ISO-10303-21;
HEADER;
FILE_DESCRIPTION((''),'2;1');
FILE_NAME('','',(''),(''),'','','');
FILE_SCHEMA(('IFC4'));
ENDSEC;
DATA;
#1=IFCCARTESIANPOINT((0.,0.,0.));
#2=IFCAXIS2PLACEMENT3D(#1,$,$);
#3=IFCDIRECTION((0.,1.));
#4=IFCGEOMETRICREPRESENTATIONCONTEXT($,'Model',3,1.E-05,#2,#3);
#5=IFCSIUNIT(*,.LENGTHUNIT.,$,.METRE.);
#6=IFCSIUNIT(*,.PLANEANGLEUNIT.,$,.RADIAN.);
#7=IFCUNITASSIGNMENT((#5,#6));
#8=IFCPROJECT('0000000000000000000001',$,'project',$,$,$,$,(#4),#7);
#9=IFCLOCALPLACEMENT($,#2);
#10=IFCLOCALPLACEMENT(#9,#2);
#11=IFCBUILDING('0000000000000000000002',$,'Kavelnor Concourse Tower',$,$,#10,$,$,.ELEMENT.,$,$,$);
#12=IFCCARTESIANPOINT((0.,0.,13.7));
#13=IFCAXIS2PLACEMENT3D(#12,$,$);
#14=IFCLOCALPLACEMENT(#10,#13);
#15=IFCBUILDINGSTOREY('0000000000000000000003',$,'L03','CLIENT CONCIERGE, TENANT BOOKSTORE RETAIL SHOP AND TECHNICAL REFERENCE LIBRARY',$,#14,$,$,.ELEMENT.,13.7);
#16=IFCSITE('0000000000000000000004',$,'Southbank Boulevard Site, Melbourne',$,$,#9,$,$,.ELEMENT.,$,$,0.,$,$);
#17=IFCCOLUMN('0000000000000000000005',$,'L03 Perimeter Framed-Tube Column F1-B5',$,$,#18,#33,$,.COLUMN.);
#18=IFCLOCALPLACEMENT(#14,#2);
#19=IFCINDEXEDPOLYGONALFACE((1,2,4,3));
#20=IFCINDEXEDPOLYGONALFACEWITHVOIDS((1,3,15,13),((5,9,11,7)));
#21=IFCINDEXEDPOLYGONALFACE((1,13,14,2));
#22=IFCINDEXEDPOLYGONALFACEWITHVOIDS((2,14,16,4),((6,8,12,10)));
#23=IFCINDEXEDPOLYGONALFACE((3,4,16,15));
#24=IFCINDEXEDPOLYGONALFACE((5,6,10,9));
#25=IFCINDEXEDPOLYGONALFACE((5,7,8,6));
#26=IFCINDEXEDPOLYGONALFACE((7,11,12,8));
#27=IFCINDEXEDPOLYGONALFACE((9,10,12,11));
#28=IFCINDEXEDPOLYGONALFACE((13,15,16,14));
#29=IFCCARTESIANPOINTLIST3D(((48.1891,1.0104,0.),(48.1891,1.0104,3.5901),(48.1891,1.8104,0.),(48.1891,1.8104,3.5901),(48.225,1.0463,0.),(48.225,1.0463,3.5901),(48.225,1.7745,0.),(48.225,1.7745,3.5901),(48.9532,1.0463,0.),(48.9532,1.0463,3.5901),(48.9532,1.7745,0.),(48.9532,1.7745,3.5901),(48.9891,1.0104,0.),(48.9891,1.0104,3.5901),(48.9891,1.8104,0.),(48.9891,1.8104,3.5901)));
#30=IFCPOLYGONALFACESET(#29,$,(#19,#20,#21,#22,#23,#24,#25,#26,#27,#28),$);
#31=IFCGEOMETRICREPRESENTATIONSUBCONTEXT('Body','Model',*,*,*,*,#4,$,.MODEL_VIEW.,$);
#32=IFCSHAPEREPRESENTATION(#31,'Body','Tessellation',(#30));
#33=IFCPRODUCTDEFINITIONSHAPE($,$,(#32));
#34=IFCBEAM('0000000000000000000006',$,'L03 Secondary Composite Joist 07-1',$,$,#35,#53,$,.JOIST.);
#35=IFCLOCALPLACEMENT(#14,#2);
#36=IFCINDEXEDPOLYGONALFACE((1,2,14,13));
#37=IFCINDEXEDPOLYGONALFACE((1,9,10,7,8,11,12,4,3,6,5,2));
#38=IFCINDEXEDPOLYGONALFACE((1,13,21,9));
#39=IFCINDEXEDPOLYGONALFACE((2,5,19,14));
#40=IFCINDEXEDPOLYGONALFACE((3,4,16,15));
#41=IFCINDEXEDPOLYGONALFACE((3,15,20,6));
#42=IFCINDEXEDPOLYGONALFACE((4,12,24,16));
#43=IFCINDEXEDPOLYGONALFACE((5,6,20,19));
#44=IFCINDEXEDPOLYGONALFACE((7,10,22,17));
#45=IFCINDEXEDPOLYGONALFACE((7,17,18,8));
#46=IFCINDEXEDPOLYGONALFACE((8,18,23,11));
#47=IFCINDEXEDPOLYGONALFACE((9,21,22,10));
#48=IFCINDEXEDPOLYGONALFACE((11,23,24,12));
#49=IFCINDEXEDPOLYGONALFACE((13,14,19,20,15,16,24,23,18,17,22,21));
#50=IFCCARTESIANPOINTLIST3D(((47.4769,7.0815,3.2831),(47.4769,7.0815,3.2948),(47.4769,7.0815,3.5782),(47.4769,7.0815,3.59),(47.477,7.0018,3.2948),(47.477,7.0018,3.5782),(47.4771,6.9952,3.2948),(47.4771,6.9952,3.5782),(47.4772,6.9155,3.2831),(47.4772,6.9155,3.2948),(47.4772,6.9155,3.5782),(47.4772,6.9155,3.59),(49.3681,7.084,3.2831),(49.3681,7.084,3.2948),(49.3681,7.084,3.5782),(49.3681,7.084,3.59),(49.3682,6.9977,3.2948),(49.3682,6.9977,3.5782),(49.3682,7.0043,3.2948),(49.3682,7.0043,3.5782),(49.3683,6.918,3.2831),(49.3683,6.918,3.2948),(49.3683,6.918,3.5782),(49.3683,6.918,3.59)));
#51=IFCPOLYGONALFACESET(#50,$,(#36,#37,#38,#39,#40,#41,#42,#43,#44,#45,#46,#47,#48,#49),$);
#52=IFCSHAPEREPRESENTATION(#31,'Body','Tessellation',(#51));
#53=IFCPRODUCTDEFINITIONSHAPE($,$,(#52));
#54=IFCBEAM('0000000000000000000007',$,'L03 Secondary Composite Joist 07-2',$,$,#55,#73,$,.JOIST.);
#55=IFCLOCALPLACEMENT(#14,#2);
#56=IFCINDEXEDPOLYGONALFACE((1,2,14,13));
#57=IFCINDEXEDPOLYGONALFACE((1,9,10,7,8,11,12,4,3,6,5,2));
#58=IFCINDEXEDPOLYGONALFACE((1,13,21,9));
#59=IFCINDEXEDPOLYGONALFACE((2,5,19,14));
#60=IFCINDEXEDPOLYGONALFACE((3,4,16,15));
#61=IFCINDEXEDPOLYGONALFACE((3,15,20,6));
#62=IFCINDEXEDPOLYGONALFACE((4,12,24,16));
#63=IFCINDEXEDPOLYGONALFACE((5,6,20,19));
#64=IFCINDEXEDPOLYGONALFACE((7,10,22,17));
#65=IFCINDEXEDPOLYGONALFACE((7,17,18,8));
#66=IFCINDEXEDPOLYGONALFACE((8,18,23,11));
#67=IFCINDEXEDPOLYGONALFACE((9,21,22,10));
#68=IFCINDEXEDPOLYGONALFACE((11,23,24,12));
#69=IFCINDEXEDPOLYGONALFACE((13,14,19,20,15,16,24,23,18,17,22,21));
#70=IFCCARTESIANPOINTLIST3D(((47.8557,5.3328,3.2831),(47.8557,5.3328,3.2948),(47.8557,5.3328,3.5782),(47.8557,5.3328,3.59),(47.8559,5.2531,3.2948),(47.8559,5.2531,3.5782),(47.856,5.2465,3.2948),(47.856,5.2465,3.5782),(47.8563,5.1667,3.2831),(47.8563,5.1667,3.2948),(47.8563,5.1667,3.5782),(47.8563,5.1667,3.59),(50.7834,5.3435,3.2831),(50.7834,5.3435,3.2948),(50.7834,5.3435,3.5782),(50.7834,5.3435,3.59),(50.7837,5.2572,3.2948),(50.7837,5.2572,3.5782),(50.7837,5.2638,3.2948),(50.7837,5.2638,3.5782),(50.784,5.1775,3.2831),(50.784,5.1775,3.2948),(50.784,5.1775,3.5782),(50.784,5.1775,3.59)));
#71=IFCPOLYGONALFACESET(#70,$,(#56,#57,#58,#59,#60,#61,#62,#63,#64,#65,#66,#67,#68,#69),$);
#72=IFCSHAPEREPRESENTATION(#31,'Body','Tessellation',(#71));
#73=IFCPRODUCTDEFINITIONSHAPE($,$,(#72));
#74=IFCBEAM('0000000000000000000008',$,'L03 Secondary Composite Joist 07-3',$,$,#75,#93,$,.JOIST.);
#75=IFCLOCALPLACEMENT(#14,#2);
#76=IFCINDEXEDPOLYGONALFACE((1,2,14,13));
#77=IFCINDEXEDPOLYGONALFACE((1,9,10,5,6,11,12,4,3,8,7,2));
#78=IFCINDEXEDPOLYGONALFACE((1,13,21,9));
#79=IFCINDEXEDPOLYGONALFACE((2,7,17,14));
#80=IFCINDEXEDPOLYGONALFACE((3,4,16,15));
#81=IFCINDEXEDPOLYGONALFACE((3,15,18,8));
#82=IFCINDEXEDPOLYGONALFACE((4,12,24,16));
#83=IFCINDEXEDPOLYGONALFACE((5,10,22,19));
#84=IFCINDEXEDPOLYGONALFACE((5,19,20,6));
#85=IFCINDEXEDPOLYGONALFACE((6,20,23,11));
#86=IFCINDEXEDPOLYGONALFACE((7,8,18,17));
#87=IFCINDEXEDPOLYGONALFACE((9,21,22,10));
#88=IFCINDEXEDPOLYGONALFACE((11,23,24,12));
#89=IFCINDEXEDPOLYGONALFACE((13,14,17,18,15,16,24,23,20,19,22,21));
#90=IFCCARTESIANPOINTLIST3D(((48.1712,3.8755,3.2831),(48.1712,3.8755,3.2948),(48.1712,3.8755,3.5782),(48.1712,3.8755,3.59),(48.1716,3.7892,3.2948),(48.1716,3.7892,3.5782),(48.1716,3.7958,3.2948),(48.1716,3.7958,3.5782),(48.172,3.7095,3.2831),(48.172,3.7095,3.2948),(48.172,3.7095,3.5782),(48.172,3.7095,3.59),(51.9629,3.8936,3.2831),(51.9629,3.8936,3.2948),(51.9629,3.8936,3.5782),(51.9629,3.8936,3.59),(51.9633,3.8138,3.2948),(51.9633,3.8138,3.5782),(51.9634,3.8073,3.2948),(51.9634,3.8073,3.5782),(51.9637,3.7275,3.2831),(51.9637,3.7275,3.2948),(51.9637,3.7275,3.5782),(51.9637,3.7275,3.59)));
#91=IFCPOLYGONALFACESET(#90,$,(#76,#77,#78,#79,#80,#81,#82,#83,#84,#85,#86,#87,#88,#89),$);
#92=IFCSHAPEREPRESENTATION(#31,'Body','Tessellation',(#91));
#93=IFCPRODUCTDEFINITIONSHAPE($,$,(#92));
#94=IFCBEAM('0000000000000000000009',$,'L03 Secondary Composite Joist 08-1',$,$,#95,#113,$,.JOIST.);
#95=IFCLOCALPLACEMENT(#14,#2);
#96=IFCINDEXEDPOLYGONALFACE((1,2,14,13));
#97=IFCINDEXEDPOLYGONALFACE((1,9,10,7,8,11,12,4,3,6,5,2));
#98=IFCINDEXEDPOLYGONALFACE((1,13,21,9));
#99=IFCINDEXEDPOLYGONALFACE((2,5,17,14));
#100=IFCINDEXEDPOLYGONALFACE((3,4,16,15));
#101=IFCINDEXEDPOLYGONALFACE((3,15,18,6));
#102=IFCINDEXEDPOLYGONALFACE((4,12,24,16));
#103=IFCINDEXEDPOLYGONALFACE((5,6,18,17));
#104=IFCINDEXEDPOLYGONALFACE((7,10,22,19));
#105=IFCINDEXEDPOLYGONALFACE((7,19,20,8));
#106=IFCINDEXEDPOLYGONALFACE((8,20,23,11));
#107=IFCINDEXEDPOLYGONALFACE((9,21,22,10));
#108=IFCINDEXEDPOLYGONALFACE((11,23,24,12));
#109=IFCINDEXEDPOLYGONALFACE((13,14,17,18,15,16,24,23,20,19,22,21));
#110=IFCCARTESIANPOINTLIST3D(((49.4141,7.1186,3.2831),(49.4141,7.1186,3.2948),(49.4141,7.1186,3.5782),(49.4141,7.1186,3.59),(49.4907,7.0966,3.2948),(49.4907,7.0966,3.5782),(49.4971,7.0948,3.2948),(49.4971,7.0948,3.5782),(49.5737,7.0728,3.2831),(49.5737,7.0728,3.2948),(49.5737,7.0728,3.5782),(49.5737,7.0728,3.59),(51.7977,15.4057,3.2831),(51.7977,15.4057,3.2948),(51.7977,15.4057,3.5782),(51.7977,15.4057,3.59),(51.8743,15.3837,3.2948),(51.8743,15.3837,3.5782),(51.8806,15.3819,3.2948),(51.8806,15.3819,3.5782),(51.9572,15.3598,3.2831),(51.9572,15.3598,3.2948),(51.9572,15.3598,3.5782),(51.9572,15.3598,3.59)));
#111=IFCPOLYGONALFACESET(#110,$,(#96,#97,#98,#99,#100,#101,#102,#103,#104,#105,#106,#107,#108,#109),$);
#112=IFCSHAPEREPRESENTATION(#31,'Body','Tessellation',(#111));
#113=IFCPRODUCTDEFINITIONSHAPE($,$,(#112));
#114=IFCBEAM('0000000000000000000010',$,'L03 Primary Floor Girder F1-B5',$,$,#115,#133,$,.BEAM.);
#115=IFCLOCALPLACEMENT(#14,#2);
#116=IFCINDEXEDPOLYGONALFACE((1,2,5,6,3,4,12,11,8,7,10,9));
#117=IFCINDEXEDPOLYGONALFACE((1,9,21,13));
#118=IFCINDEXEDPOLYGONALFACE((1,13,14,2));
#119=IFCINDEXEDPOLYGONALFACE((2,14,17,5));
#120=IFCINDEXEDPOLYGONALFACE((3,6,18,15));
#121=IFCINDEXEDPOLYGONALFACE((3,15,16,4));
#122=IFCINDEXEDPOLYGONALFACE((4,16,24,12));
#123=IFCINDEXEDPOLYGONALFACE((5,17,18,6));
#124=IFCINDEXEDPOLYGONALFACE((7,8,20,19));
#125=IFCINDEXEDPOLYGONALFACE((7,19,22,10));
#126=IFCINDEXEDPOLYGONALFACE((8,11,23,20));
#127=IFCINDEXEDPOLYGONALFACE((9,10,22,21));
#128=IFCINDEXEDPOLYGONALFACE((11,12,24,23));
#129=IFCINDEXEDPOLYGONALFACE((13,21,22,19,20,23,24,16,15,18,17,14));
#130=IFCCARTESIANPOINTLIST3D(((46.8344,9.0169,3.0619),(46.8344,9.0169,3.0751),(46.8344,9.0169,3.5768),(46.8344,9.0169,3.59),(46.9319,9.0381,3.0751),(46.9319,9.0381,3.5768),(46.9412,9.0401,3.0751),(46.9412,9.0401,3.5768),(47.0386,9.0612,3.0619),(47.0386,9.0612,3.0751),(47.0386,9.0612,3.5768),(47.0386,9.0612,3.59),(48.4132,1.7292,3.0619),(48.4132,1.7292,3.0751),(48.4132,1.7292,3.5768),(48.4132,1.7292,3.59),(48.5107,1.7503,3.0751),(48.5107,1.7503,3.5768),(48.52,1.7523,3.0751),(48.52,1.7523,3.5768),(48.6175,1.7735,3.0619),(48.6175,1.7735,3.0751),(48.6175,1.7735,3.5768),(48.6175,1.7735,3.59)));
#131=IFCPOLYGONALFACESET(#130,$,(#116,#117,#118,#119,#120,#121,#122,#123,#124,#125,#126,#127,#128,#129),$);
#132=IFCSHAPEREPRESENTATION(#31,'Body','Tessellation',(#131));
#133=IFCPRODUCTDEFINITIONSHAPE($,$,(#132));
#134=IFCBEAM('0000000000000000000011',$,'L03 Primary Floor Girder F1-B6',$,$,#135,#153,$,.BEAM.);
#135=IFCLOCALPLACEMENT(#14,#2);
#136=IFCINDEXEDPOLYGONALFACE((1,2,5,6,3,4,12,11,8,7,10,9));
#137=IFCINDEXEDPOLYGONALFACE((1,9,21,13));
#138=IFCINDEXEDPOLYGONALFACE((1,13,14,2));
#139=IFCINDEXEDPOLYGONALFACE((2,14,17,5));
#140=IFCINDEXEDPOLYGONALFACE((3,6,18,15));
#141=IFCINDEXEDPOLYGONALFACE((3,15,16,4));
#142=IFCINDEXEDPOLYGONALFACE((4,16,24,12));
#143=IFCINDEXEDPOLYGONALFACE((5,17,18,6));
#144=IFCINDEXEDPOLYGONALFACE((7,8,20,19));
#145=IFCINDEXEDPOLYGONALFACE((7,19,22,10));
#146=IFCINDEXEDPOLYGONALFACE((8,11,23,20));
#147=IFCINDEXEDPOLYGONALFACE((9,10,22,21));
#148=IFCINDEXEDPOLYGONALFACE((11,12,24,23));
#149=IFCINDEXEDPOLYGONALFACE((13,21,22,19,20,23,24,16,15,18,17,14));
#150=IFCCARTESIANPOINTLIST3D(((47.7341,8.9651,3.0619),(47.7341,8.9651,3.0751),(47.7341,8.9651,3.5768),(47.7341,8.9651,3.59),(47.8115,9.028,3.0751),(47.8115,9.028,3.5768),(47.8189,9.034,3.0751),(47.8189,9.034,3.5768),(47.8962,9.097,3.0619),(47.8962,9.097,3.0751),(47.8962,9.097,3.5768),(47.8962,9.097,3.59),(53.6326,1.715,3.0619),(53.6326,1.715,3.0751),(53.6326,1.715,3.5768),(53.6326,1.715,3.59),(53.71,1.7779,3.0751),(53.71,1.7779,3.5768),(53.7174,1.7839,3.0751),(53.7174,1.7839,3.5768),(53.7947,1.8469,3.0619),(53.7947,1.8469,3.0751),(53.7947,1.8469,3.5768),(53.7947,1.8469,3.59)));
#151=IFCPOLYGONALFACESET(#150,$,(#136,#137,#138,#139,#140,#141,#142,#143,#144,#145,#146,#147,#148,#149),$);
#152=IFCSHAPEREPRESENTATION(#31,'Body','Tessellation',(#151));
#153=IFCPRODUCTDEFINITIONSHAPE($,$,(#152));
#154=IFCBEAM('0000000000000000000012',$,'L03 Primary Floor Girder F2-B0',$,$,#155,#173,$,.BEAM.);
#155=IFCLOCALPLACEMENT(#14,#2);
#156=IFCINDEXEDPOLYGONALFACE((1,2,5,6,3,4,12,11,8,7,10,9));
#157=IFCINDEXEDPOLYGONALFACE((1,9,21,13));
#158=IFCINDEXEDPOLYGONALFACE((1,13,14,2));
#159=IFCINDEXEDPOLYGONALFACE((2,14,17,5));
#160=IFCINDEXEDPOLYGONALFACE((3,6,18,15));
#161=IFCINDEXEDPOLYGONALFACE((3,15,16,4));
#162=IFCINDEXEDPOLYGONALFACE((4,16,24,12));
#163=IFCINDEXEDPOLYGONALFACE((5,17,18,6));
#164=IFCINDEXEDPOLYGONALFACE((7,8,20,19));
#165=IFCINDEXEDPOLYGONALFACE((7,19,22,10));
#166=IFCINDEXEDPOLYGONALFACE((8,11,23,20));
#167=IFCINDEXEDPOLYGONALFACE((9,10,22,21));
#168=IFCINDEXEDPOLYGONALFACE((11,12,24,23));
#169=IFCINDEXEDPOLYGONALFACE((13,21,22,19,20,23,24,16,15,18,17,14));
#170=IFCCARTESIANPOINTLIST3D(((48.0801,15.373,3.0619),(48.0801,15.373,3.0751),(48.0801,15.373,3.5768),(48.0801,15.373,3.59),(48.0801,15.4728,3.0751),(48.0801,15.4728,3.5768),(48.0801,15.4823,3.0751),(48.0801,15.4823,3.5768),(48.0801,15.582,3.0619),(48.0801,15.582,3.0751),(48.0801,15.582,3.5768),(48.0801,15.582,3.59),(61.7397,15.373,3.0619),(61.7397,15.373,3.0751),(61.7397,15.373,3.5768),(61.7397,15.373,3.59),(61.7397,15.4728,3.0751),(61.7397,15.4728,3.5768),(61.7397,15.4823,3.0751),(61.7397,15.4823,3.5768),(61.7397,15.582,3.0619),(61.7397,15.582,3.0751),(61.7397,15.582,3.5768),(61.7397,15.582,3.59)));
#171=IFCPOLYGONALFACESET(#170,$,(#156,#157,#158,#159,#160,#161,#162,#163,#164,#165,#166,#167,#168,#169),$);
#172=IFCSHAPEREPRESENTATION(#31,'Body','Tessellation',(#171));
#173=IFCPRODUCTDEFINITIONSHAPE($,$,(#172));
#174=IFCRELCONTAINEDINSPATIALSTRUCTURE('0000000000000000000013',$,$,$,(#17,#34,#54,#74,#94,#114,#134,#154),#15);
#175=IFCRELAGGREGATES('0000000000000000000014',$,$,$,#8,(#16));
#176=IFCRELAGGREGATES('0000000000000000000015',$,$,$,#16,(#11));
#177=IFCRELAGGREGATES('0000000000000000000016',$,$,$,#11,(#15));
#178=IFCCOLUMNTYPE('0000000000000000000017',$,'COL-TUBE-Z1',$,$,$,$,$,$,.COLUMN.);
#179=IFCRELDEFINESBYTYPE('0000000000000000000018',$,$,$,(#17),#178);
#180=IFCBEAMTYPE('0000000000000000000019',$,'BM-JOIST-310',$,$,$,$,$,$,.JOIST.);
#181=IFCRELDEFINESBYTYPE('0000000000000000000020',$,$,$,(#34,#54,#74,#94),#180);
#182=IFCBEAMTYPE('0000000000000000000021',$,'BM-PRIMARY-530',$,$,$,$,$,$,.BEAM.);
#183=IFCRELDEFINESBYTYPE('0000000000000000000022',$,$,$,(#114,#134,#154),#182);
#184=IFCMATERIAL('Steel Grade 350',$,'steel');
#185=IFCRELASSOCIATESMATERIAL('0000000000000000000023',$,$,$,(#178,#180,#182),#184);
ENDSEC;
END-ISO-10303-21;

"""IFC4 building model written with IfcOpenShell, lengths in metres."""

from ifc_helpers import new_model, si_unit, direction, frame, origin, origin_2d, place, context, subcontext, project, spatial, hollow_rectangle, i_section, extrude, material, material_profile, profile_set, type_object, element, save


model = new_model("IFC4")

# Units and contexts
model_context = context("Model", 3, precision=1e-05, world=origin(), true_north=direction((0.0, 1.0)))
body_context = subcontext(model_context, "Body", "Model", "MODEL_VIEW")
ifc_project = project(units=[si_unit("LENGTHUNIT", "METRE"), si_unit("PLANEANGLEUNIT", "RADIAN")], contexts=[model_context])

# Site, building, storey
site_placement = place(None, origin())
site = spatial("IfcSite", under=ifc_project, at=site_placement, Name="Southbank Boulevard Site, Melbourne", CompositionType="ELEMENT", RefElevation=0.0)
building_placement = place(site_placement, origin())
building = spatial("IfcBuilding", under=site, at=building_placement, Name="Kavelnor Concourse Tower", CompositionType="ELEMENT")
storey_placement = place(building_placement, frame((0.0, 0.0, 13.7)))
storey = spatial("IfcBuildingStorey", under=building, at=storey_placement, Name="L03", Description="CLIENT CONCIERGE, TENANT BOOKSTORE RETAIL SHOP AND TECHNICAL REFERENCE LIBRARY", CompositionType="ELEMENT", Elevation=13.7)

# Column
ifc_material_1 = material(Name="Steel Grade 350", Category="steel")
ifc_material_profile_1 = material_profile(ifc_material_1, hollow_rectangle(XDim=0.8, YDim=0.8, WallThickness=0.0359, at=origin_2d()), Name="SHS 800x800x36")
ifc_profile_set_1 = profile_set([ifc_material_profile_1], Name="Steel Grade 350")
column_type = type_object("IfcColumnType", Name="COL-TUBE-Z1", PredefinedType="COLUMN", material=ifc_profile_set_1)
column_placement = place(storey_placement, frame((48.5891, 1.4104, 0.0), z_axis=(0.0, 0.0, 1.0), x_axis=(1.0, 0.0, 0.0)))
element("IfcColumn", 1, at=column_placement, inside=storey, type_object=column_type, Name="L03 Perimeter Framed-Tube Column F1-B5", PredefinedType="COLUMN", context=body_context, shape_type="SweptSolid", body=[
    extrude(hollow_rectangle(XDim=0.8, YDim=0.8, WallThickness=0.0359, at=origin_2d()), origin(), (0.0, 0.0, 1.0), 3.5901),
])

# Beams
ifc_material_profile_2 = material_profile(ifc_material_1, i_section(OverallWidth=0.166, OverallDepth=0.3069, WebThickness=0.0066, FlangeThickness=0.0117, at=origin_2d()), Name="310UB46")
ifc_profile_set_2 = profile_set([ifc_material_profile_2], Name="Steel Grade 350")
beam_type_1 = type_object("IfcBeamType", Name="BM-JOIST-310", PredefinedType="JOIST", material=ifc_profile_set_2)
beam_1_placement = place(storey_placement, frame((47.4771, 6.9985, 3.4365), z_axis=(0.999999, 0.001291, 0.0), x_axis=(-0.001291, 0.999999, 0.0)))
element("IfcBeam", 2, at=beam_1_placement, inside=storey, type_object=beam_type_1, Name="L03 Secondary Composite Joist 07-1", PredefinedType="JOIST", context=body_context, shape_type="SweptSolid", body=[
    extrude(i_section(OverallWidth=0.166, OverallDepth=0.3069, WebThickness=0.0066, FlangeThickness=0.0117, at=origin_2d()), origin(), (0.0, 0.0, 1.0), 1.8911),
])
beam_2_placement = place(storey_placement, frame((47.856, 5.2498, 3.4365), z_axis=(0.999993, 0.003669, 0.0), x_axis=(-0.003669, 0.999993, 0.0)))
element("IfcBeam", 3, at=beam_2_placement, inside=storey, type_object=beam_type_1, Name="L03 Secondary Composite Joist 07-2", PredefinedType="JOIST", context=body_context, shape_type="SweptSolid", body=[
    extrude(i_section(OverallWidth=0.166, OverallDepth=0.3069, WebThickness=0.0066, FlangeThickness=0.0117, at=origin_2d()), origin(), (0.0, 0.0, 1.0), 2.9277),
])
beam_3_placement = place(storey_placement, frame((48.1716, 3.7925, 3.4365), z_axis=(0.999989, 0.004765, 0.0), x_axis=(-0.004765, 0.999989, 0.0)))
element("IfcBeam", 4, at=beam_3_placement, inside=storey, type_object=beam_type_1, Name="L03 Secondary Composite Joist 07-3", PredefinedType="JOIST", context=body_context, shape_type="SweptSolid", body=[
    extrude(i_section(OverallWidth=0.166, OverallDepth=0.3069, WebThickness=0.0066, FlangeThickness=0.0117, at=origin_2d()), origin(), (0.0, 0.0, 1.0), 3.7917),
])
beam_4_placement = place(storey_placement, frame((49.4939, 7.0957, 3.4365), z_axis=(0.276415, 0.961038, 0.0), x_axis=(-0.961038, 0.276415, 0.0)))
element("IfcBeam", 5, at=beam_4_placement, inside=storey, type_object=beam_type_1, Name="L03 Secondary Composite Joist 08-1", PredefinedType="JOIST", context=body_context, shape_type="SweptSolid", body=[
    extrude(i_section(OverallWidth=0.166, OverallDepth=0.3069, WebThickness=0.0066, FlangeThickness=0.0117, at=origin_2d()), origin(), (0.0, 0.0, 1.0), 8.623),
])
ifc_material_profile_3 = material_profile(ifc_material_1, i_section(OverallWidth=0.209, OverallDepth=0.5281, WebThickness=0.0095, FlangeThickness=0.0132, at=origin_2d()), Name="530UB82")
ifc_profile_set_3 = profile_set([ifc_material_profile_3], Name="Steel Grade 350")
beam_type_2 = type_object("IfcBeamType", Name="BM-PRIMARY-530", PredefinedType="BEAM", material=ifc_profile_set_3)
beam_5_placement = place(storey_placement, frame((46.9365, 9.0391, 3.3259), z_axis=(0.211731, -0.977328, 0.0), x_axis=(0.977328, 0.211731, 0.0)))
element("IfcBeam", 6, at=beam_5_placement, inside=storey, type_object=beam_type_2, Name="L03 Primary Floor Girder F1-B5", PredefinedType="BEAM", context=body_context, shape_type="SweptSolid", body=[
    extrude(i_section(OverallWidth=0.209, OverallDepth=0.5281, WebThickness=0.0095, FlangeThickness=0.0132, at=origin_2d()), origin(), (0.0, 0.0, 1.0), 7.4568),
])
beam_6_placement = place(storey_placement, frame((47.8152, 9.031, 3.3259), z_axis=(0.631096, -0.775705, 0.0), x_axis=(0.775705, 0.631096, 0.0)))
element("IfcBeam", 7, at=beam_6_placement, inside=storey, type_object=beam_type_2, Name="L03 Primary Floor Girder F1-B6", PredefinedType="BEAM", context=body_context, shape_type="SweptSolid", body=[
    extrude(i_section(OverallWidth=0.209, OverallDepth=0.5281, WebThickness=0.0095, FlangeThickness=0.0132, at=origin_2d()), origin(), (0.0, 0.0, 1.0), 9.3464),
])
beam_7_placement = place(storey_placement, frame((48.0801, 15.4775, 3.3259), z_axis=(1.0, 0.0, 0.0), x_axis=(0.0, 1.0, 0.0)))
element("IfcBeam", 8, at=beam_7_placement, inside=storey, type_object=beam_type_2, Name="L03 Primary Floor Girder F2-B0", PredefinedType="BEAM", context=body_context, shape_type="SweptSolid", body=[
    extrude(i_section(OverallWidth=0.209, OverallDepth=0.5281, WebThickness=0.0095, FlangeThickness=0.0132, at=origin_2d()), origin(), (0.0, 0.0, 1.0), 13.6597),
])

save(model, "model.ifc")
